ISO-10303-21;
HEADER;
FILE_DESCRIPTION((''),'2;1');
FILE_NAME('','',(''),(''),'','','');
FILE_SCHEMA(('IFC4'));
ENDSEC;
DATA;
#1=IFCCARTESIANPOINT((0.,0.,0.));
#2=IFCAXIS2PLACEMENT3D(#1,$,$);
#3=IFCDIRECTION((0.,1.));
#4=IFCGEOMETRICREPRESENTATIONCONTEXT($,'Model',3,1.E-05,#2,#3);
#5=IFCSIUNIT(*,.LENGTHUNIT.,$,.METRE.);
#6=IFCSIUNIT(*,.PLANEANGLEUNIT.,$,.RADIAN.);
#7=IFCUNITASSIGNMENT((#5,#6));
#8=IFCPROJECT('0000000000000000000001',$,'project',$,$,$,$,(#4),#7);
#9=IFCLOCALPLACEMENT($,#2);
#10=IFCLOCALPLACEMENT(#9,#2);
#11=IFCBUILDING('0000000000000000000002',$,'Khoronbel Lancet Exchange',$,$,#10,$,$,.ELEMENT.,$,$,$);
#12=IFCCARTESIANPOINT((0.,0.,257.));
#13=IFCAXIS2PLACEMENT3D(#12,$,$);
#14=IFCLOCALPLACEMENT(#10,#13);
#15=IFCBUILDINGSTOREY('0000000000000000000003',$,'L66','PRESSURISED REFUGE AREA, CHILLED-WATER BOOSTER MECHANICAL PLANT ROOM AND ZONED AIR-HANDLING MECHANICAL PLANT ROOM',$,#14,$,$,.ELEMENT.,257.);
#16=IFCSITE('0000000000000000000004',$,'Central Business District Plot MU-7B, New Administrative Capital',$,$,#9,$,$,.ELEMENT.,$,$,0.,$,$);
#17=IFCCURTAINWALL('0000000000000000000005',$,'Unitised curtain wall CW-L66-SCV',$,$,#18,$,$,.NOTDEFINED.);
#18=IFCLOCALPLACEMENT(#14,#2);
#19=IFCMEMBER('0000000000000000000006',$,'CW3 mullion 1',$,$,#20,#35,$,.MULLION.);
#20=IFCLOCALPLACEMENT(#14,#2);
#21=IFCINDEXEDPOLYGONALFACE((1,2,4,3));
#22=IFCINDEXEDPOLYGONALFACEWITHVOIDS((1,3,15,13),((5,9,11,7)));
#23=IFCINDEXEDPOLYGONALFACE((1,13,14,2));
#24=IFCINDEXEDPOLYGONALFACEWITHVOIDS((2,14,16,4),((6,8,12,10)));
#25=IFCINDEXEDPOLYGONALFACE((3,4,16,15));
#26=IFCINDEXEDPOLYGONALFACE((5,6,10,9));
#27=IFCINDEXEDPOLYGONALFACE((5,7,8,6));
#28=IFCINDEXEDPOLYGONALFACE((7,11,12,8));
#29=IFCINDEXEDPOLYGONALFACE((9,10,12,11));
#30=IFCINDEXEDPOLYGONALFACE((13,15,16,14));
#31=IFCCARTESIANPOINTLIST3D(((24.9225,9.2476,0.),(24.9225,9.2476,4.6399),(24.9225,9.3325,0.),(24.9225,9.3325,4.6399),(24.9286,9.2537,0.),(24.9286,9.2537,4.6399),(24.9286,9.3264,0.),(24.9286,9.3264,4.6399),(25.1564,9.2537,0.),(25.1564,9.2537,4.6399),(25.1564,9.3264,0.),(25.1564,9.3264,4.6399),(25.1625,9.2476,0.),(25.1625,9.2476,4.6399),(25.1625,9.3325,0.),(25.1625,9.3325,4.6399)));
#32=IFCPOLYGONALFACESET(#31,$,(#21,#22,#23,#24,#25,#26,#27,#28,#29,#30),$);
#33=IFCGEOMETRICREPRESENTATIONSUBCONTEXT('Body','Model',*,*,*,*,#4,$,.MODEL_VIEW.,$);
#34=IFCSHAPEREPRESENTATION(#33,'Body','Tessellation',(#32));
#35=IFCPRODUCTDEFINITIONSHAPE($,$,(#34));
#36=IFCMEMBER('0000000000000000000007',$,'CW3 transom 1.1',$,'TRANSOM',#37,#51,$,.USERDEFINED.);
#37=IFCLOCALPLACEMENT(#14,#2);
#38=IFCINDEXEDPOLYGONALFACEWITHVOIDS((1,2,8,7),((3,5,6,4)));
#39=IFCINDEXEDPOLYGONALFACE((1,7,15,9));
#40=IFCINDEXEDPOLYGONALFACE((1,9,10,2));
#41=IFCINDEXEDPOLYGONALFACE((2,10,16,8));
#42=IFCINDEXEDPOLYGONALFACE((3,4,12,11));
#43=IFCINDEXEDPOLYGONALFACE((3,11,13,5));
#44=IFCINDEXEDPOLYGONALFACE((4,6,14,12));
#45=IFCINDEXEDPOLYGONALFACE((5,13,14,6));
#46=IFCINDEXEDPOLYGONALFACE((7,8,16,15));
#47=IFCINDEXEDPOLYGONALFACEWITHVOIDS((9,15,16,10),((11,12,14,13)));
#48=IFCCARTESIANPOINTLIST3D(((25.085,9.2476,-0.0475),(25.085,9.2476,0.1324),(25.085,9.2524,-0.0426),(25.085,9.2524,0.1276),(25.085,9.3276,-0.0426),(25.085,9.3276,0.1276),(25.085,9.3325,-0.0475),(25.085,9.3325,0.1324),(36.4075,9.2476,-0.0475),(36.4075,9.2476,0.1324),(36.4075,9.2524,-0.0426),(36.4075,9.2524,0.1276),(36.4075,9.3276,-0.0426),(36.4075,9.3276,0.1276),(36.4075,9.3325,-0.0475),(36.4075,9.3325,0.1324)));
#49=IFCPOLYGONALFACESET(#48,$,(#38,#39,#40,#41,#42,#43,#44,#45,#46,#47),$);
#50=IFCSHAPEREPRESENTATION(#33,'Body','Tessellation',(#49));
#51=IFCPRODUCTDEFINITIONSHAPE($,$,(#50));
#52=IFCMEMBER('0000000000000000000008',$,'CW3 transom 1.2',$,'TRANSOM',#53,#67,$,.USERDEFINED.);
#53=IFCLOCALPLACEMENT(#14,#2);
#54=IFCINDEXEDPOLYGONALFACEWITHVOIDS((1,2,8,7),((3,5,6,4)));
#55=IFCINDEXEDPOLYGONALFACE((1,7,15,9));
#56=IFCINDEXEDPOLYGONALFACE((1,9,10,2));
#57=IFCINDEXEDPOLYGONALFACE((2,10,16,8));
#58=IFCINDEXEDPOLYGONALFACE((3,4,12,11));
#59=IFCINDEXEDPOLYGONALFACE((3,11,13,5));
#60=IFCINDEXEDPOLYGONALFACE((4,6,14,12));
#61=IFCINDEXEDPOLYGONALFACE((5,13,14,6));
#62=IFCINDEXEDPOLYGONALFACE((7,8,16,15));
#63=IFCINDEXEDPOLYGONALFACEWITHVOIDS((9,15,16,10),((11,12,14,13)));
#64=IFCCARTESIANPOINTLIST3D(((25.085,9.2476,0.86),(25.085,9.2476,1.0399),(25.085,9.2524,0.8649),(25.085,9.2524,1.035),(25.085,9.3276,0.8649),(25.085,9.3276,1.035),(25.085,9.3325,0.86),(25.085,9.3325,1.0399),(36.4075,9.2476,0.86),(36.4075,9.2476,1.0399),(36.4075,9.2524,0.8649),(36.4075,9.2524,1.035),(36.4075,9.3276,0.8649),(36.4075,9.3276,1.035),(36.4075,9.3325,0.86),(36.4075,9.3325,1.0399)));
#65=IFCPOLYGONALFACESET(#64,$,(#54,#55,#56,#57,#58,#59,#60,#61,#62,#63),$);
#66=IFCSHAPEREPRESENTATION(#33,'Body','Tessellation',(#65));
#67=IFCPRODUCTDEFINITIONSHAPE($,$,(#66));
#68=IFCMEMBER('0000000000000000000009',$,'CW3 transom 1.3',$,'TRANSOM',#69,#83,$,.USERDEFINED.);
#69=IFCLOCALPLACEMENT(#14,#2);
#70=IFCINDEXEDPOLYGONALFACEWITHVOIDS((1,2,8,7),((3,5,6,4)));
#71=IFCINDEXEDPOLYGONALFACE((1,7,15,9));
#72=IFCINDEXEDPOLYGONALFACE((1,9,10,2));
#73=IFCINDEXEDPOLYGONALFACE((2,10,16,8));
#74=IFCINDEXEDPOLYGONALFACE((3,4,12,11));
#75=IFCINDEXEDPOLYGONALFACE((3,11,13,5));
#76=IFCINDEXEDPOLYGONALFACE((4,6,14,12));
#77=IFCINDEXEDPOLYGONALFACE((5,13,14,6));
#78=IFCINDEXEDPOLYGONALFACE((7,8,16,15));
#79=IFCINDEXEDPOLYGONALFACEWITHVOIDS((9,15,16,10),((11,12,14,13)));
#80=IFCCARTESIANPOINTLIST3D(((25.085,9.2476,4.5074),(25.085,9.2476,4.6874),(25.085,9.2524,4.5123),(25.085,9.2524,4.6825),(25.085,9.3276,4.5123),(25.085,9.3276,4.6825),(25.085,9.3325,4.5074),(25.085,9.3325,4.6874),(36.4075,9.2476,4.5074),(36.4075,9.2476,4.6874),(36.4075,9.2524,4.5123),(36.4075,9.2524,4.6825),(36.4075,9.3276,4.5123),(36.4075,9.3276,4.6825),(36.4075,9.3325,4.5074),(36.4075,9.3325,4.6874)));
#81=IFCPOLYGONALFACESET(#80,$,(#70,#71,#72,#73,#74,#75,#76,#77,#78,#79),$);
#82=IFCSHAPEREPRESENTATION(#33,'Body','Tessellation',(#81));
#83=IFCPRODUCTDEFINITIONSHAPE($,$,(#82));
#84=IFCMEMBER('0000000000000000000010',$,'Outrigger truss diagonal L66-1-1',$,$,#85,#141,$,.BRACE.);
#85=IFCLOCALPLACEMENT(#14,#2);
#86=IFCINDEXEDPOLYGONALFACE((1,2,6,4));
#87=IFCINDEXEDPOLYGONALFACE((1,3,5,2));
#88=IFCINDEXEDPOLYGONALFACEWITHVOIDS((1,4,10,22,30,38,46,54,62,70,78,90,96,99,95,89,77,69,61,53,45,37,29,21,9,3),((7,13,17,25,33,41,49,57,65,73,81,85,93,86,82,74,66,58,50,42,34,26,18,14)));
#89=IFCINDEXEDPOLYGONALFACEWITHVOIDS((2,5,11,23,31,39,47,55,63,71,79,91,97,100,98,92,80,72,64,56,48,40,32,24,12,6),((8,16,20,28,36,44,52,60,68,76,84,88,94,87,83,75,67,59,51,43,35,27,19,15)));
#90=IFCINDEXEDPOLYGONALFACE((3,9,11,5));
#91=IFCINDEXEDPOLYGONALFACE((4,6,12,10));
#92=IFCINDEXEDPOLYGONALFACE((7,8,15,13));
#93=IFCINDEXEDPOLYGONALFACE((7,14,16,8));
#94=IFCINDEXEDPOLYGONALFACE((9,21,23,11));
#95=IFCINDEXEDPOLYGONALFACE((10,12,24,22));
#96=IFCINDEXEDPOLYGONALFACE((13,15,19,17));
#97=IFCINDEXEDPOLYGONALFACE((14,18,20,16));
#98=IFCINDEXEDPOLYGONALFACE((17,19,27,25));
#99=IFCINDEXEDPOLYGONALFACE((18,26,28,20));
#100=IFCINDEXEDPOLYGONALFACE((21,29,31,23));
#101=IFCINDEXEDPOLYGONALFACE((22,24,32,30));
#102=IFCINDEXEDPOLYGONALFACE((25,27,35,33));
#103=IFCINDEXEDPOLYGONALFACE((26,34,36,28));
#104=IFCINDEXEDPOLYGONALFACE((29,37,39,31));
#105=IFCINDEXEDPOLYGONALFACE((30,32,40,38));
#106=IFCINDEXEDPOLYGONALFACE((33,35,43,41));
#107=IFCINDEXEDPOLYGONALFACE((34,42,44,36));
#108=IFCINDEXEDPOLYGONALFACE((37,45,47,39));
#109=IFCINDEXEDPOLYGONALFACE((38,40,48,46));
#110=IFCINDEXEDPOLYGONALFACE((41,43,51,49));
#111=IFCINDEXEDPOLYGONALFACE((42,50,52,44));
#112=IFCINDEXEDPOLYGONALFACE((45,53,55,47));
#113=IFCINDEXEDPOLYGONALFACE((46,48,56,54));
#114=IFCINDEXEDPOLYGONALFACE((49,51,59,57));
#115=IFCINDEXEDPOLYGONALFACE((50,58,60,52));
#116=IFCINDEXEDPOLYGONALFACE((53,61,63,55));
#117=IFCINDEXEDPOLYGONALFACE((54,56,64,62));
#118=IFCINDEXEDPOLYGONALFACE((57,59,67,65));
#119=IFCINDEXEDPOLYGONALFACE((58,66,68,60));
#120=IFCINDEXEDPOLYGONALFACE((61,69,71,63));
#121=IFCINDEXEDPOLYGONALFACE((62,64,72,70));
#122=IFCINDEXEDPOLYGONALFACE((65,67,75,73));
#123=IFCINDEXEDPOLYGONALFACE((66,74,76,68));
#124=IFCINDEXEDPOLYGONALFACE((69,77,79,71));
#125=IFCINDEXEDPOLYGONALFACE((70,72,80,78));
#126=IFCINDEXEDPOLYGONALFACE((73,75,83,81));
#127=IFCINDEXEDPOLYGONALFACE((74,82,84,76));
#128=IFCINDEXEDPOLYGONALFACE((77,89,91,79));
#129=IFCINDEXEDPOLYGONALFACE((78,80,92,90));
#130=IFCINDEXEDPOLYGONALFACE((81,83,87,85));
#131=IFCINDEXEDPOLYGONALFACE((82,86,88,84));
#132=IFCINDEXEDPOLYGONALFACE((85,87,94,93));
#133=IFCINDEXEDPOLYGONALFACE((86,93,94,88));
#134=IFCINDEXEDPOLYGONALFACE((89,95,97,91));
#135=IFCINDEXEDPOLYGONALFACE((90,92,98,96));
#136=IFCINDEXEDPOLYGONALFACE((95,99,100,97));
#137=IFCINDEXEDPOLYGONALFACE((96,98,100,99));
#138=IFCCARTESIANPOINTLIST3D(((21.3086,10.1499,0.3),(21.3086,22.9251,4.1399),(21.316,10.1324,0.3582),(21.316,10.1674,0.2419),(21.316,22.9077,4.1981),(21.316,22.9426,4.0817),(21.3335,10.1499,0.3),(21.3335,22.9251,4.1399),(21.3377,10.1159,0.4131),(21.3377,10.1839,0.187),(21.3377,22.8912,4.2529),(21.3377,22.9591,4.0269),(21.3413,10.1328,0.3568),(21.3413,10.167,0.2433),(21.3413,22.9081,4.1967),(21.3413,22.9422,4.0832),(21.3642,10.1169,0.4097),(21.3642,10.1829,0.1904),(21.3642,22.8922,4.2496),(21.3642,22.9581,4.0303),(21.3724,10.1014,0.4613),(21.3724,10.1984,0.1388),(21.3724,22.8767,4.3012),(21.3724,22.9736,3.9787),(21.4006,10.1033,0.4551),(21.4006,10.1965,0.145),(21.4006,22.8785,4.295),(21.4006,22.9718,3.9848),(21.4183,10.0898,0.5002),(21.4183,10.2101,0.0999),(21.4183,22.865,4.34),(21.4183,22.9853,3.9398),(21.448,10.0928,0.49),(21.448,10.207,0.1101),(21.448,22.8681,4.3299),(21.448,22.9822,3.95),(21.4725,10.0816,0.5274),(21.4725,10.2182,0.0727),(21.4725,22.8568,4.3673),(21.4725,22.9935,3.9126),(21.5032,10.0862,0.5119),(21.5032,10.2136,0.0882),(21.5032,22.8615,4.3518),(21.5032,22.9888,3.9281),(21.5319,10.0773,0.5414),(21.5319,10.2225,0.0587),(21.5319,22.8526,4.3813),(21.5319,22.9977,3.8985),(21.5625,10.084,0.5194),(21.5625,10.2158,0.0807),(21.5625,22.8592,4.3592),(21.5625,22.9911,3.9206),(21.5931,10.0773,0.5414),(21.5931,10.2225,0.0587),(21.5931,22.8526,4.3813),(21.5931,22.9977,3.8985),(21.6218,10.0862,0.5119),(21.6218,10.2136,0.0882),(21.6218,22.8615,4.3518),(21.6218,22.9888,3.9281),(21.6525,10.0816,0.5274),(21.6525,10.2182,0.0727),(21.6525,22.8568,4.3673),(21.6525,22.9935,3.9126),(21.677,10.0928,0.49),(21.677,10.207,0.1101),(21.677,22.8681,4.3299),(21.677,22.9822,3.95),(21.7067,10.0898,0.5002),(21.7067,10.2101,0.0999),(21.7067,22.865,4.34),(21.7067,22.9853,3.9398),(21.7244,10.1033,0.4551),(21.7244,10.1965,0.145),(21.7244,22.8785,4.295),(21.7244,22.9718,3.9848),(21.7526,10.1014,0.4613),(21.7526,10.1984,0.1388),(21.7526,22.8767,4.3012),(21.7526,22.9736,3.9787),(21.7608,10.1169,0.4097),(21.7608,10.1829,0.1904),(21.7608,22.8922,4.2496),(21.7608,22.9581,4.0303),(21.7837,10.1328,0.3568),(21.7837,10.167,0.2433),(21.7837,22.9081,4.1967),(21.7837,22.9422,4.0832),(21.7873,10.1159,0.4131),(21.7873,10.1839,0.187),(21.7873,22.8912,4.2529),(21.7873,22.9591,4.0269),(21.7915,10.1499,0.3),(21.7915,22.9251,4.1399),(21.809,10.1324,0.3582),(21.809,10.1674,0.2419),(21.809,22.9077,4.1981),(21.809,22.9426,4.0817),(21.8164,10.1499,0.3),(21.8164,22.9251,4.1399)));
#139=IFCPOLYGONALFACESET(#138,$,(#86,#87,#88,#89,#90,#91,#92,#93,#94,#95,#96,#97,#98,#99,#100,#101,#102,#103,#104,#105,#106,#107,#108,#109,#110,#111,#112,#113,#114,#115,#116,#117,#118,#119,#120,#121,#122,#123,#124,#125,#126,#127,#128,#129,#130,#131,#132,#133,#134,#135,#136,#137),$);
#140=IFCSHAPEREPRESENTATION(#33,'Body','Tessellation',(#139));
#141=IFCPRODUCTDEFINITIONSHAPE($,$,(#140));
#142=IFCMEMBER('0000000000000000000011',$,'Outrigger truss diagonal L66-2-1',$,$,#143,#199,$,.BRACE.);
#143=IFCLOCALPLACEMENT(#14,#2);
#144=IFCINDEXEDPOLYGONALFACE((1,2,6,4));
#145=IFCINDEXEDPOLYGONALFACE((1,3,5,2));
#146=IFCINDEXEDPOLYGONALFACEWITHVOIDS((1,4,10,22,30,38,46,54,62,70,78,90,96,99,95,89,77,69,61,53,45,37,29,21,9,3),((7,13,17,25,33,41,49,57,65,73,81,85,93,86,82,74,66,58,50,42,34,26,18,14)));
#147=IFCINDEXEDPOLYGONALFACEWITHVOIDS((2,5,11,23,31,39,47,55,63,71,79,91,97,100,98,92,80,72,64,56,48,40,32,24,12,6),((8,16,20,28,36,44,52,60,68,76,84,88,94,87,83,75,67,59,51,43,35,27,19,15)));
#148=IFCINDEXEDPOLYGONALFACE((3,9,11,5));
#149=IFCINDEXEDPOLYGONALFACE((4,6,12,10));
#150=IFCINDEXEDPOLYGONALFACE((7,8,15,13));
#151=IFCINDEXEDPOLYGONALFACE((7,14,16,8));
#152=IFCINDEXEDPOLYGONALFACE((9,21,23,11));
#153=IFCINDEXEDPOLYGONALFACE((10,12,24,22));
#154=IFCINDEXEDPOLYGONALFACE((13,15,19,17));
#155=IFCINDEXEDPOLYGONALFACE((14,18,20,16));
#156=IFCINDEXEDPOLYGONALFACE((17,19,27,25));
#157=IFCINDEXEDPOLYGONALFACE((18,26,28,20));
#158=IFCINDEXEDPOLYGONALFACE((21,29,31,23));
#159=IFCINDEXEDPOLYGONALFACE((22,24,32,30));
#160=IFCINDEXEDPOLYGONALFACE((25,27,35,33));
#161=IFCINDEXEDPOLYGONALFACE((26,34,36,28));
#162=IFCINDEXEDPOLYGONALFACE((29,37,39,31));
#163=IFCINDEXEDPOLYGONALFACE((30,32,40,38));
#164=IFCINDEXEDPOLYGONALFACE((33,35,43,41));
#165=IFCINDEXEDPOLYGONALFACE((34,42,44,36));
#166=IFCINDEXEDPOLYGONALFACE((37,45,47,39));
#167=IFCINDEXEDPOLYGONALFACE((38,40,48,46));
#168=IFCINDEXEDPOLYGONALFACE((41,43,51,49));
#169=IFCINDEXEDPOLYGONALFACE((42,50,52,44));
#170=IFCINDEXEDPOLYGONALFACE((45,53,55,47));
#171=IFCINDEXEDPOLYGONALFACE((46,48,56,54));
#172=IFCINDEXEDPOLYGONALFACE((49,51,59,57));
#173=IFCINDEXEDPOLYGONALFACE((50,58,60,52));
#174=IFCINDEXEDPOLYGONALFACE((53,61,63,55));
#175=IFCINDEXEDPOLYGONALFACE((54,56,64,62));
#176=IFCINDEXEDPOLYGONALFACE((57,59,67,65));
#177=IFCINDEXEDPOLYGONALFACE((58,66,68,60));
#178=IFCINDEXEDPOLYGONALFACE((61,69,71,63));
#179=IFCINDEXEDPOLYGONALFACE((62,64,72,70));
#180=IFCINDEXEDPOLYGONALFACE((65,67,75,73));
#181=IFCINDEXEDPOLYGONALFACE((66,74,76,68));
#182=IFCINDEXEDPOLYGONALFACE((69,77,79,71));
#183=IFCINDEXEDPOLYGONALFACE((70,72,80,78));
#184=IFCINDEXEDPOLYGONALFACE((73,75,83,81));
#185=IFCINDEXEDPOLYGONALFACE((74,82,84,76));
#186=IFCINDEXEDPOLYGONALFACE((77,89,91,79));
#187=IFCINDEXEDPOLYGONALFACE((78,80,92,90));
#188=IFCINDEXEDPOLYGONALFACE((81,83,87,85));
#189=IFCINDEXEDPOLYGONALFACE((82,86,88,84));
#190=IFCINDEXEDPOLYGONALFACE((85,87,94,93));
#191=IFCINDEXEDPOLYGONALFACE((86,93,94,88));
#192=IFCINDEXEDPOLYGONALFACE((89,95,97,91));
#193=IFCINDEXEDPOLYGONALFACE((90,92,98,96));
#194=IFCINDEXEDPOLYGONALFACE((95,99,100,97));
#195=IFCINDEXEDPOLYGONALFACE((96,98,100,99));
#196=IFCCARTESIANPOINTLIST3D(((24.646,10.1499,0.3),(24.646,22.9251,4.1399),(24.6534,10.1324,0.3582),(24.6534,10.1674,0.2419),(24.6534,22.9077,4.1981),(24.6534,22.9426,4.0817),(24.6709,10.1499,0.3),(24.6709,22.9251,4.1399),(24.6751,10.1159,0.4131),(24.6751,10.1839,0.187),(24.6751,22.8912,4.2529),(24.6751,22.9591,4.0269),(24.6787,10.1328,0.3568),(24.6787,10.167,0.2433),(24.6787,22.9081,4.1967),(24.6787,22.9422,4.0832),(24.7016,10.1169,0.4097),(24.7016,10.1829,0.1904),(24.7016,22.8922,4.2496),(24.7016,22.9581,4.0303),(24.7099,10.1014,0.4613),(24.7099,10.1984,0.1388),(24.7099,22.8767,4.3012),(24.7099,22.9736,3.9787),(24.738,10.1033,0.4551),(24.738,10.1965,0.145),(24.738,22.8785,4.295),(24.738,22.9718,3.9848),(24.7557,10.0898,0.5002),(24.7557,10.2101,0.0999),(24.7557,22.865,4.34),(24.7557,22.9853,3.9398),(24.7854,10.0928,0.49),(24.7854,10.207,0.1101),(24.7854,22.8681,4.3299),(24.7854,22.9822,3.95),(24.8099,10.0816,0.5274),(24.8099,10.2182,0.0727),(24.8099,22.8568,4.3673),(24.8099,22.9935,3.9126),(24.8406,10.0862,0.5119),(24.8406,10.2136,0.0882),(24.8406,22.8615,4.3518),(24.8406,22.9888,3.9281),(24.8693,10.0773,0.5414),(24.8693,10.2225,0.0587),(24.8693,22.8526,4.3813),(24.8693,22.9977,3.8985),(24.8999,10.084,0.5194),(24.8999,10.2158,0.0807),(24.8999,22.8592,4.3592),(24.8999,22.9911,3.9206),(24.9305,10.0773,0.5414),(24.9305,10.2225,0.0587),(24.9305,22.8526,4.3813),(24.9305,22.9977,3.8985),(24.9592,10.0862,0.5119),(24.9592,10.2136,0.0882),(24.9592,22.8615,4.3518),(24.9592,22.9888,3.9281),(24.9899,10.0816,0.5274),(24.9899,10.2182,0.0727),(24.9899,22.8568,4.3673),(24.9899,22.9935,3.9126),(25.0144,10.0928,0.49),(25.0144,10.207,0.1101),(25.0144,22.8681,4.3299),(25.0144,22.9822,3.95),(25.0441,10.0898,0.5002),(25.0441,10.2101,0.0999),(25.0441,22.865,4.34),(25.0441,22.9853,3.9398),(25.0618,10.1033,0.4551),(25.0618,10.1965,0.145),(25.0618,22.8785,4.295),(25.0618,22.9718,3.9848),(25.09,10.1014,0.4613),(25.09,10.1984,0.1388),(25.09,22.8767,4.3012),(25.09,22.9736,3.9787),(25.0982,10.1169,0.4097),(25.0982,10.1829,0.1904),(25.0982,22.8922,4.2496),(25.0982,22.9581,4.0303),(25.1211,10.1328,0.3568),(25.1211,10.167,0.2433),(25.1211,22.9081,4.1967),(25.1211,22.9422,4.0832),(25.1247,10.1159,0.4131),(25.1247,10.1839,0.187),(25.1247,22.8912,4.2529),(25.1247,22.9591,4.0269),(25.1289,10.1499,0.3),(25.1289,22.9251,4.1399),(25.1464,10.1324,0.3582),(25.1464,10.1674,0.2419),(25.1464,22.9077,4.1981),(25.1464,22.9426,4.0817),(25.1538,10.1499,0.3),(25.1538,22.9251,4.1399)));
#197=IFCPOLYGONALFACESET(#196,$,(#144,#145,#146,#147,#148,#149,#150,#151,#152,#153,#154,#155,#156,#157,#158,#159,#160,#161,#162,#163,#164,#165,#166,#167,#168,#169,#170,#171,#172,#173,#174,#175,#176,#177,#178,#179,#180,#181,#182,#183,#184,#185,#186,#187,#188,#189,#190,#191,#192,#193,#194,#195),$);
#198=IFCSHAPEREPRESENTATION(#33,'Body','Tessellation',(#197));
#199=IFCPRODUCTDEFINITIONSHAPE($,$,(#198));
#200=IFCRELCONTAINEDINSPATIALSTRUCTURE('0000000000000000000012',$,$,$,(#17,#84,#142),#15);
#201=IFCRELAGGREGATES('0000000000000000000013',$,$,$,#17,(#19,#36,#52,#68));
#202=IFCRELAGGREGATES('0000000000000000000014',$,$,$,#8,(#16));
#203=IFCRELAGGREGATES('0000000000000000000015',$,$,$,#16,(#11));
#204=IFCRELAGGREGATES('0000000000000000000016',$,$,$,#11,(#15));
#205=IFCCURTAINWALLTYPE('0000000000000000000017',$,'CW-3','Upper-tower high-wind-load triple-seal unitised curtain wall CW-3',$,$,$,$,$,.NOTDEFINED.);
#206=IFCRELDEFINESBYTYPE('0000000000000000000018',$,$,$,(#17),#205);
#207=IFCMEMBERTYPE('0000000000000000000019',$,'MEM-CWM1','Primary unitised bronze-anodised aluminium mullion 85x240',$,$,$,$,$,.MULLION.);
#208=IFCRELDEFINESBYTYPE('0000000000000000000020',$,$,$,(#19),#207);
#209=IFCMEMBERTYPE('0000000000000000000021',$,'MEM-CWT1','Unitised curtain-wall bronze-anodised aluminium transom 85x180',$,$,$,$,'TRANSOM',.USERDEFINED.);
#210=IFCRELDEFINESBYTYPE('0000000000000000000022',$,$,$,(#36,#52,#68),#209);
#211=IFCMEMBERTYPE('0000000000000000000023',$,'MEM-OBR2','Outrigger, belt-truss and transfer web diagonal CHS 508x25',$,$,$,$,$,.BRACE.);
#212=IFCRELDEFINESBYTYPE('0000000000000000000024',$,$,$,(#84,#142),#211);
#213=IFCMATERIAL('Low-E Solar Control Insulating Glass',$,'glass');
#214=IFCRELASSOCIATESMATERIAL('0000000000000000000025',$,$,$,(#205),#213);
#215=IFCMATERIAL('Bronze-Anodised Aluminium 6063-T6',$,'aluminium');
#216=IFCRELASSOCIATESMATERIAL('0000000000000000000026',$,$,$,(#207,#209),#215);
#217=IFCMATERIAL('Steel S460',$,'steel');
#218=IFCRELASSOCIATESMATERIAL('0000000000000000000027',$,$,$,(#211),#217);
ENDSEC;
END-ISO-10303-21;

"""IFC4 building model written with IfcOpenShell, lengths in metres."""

from ifc_helpers import new_model, si_unit, direction, frame, origin, origin_2d, place, context, subcontext, project, spatial, hollow_rectangle, hollow_circle, extrude, material, material_profile, profile_set, type_object, element, aggregate, save


model = new_model("IFC4")

# Units and contexts
model_context = context("Model", 3, precision=1e-05, world=origin(), true_north=direction((0.0, 1.0)))
body_context = subcontext(model_context, "Body", "Model", "MODEL_VIEW")
ifc_project = project(units=[si_unit("LENGTHUNIT", "METRE"), si_unit("PLANEANGLEUNIT", "RADIAN")], contexts=[model_context])

# Site, building, storey
site_placement = place(None, origin())
site = spatial("IfcSite", under=ifc_project, at=site_placement, Name="Central Business District Plot MU-7B, New Administrative Capital", CompositionType="ELEMENT", RefElevation=0.0)
building_placement = place(site_placement, origin())
building = spatial("IfcBuilding", under=site, at=building_placement, Name="Khoronbel Lancet Exchange", CompositionType="ELEMENT")
storey_placement = place(building_placement, frame((0.0, 0.0, 257.0)))
storey = spatial("IfcBuildingStorey", under=building, at=storey_placement, Name="L66", Description="PRESSURISED REFUGE AREA, CHILLED-WATER BOOSTER MECHANICAL PLANT ROOM AND ZONED AIR-HANDLING MECHANICAL PLANT ROOM", CompositionType="ELEMENT", Elevation=257.0)

# Shared definitions
ifc_material_1 = material(Name="Steel S460", Category="steel")

# Shared definitions
ifc_material_2 = material(Name="Low-E Solar Control Insulating Glass", Category="glass")
curtain_wall_type = type_object("IfcCurtainWallType", Name="CW-3", Description="Upper-tower high-wind-load triple-seal unitised curtain wall CW-3", PredefinedType="NOTDEFINED", material=ifc_material_2)
ifc_material_3 = material(Name="Bronze-Anodised Aluminium 6063-T6", Category="aluminium")
ifc_material_profile_1 = material_profile(ifc_material_3, hollow_rectangle(XDim=0.085, YDim=0.24, WallThickness=0.0061, at=origin_2d()), Name="ALU MULLION 85x240")
ifc_profile_set_1 = profile_set([ifc_material_profile_1], Name="Bronze-Anodised Aluminium 6063-T6")
member_type_1 = type_object("IfcMemberType", Name="MEM-CWM1", Description="Primary unitised bronze-anodised aluminium mullion 85x240", PredefinedType="MULLION", material=ifc_profile_set_1)

# Curtain wall, members
curtain_wall_1_placement = place(storey_placement, origin())
curtain_wall_1 = element("IfcCurtainWall", 1, at=curtain_wall_1_placement, inside=storey, type_object=curtain_wall_type, Name="Unitised curtain wall CW-L66-SCV", PredefinedType="NOTDEFINED")
member_1_placement = place(storey_placement, frame((25.0425, 9.29, 0.0), z_axis=(0.0, 0.0, 1.0), x_axis=(0.0, 1.0, 0.0)))
member_1 = element("IfcMember", 2, at=member_1_placement, type_object=member_type_1, Name="CW3 mullion 1", PredefinedType="MULLION", context=body_context, shape_type="SweptSolid", body=[
    extrude(hollow_rectangle(XDim=0.085, YDim=0.24, WallThickness=0.0061, at=origin_2d()), origin(), (0.0, 0.0, 1.0), 4.6399),
])
ifc_material_profile_2 = material_profile(ifc_material_3, hollow_rectangle(XDim=0.085, YDim=0.1799, WallThickness=0.0049, at=origin_2d()), Name="ALU TRANSOM 85x180")
ifc_profile_set_2 = profile_set([ifc_material_profile_2], Name="Bronze-Anodised Aluminium 6063-T6")
member_type_2 = type_object("IfcMemberType", Name="MEM-CWT1", Description="Unitised curtain-wall bronze-anodised aluminium transom 85x180", ElementType="TRANSOM", PredefinedType="USERDEFINED", material=ifc_profile_set_2)
member_2_placement = place(storey_placement, frame((25.085, 9.29, 0.0425), z_axis=(1.0, 0.0, 0.0), x_axis=(0.0, 1.0, 0.0)))
member_2 = element("IfcMember", 3, at=member_2_placement, type_object=member_type_2, Name="CW3 transom 1.1", ObjectType="TRANSOM", PredefinedType="USERDEFINED", context=body_context, shape_type="SweptSolid", body=[
    extrude(hollow_rectangle(XDim=0.085, YDim=0.1799, WallThickness=0.0049, at=origin_2d()), origin(), (0.0, 0.0, 1.0), 11.3225),
])
member_3_placement = place(storey_placement, frame((25.085, 9.29, 0.95), z_axis=(1.0, 0.0, 0.0), x_axis=(0.0, 1.0, 0.0)))
member_3 = element("IfcMember", 4, at=member_3_placement, type_object=member_type_2, Name="CW3 transom 1.2", ObjectType="TRANSOM", PredefinedType="USERDEFINED", context=body_context, shape_type="SweptSolid", body=[
    extrude(hollow_rectangle(XDim=0.085, YDim=0.1799, WallThickness=0.0049, at=origin_2d()), origin(), (0.0, 0.0, 1.0), 11.3225),
])
member_4_placement = place(storey_placement, frame((25.085, 9.29, 4.5974), z_axis=(1.0, 0.0, 0.0), x_axis=(0.0, 1.0, 0.0)))
member_4 = element("IfcMember", 5, at=member_4_placement, type_object=member_type_2, Name="CW3 transom 1.3", ObjectType="TRANSOM", PredefinedType="USERDEFINED", context=body_context, shape_type="SweptSolid", body=[
    extrude(hollow_rectangle(XDim=0.085, YDim=0.1799, WallThickness=0.0049, at=origin_2d()), origin(), (0.0, 0.0, 1.0), 11.3225),
])

# Members
ifc_material_profile_3 = material_profile(ifc_material_1, hollow_circle(Radius=0.2539, WallThickness=0.0249, at=origin_2d()), Name="CHS 508x25")
ifc_profile_set_3 = profile_set([ifc_material_profile_3], Name="Steel S460")
member_type_3 = type_object("IfcMemberType", Name="MEM-OBR2", Description="Outrigger, belt-truss and transfer web diagonal CHS 508x25", PredefinedType="BRACE", material=ifc_profile_set_3)
for number, where, z_axis, x_axis, name in (
    (6, (21.5625, 10.1499, 0.3), (0.0, 0.957676, 0.28785), (-1.0, 0.0, 0.0), "Outrigger truss diagonal L66-1-1"),
    (7, (24.8999, 10.1499, 0.3), (0.0, 0.957676, 0.28785), (-1.0, 0.0, 0.0), "Outrigger truss diagonal L66-2-1"),
):
    element("IfcMember", number, at=place(storey_placement, frame(where, z_axis=z_axis, x_axis=x_axis)), inside=storey, type_object=member_type_3, Name=name, PredefinedType="BRACE", context=body_context, shape_type="SweptSolid", body=[
        extrude(hollow_circle(Radius=0.2539, WallThickness=0.0249, at=origin_2d()), origin(), (0.0, 0.0, 1.0), 13.3398),
    ])

aggregate(curtain_wall_1, [member_1, member_2, member_3, member_4])

save(model, "model.ifc")
